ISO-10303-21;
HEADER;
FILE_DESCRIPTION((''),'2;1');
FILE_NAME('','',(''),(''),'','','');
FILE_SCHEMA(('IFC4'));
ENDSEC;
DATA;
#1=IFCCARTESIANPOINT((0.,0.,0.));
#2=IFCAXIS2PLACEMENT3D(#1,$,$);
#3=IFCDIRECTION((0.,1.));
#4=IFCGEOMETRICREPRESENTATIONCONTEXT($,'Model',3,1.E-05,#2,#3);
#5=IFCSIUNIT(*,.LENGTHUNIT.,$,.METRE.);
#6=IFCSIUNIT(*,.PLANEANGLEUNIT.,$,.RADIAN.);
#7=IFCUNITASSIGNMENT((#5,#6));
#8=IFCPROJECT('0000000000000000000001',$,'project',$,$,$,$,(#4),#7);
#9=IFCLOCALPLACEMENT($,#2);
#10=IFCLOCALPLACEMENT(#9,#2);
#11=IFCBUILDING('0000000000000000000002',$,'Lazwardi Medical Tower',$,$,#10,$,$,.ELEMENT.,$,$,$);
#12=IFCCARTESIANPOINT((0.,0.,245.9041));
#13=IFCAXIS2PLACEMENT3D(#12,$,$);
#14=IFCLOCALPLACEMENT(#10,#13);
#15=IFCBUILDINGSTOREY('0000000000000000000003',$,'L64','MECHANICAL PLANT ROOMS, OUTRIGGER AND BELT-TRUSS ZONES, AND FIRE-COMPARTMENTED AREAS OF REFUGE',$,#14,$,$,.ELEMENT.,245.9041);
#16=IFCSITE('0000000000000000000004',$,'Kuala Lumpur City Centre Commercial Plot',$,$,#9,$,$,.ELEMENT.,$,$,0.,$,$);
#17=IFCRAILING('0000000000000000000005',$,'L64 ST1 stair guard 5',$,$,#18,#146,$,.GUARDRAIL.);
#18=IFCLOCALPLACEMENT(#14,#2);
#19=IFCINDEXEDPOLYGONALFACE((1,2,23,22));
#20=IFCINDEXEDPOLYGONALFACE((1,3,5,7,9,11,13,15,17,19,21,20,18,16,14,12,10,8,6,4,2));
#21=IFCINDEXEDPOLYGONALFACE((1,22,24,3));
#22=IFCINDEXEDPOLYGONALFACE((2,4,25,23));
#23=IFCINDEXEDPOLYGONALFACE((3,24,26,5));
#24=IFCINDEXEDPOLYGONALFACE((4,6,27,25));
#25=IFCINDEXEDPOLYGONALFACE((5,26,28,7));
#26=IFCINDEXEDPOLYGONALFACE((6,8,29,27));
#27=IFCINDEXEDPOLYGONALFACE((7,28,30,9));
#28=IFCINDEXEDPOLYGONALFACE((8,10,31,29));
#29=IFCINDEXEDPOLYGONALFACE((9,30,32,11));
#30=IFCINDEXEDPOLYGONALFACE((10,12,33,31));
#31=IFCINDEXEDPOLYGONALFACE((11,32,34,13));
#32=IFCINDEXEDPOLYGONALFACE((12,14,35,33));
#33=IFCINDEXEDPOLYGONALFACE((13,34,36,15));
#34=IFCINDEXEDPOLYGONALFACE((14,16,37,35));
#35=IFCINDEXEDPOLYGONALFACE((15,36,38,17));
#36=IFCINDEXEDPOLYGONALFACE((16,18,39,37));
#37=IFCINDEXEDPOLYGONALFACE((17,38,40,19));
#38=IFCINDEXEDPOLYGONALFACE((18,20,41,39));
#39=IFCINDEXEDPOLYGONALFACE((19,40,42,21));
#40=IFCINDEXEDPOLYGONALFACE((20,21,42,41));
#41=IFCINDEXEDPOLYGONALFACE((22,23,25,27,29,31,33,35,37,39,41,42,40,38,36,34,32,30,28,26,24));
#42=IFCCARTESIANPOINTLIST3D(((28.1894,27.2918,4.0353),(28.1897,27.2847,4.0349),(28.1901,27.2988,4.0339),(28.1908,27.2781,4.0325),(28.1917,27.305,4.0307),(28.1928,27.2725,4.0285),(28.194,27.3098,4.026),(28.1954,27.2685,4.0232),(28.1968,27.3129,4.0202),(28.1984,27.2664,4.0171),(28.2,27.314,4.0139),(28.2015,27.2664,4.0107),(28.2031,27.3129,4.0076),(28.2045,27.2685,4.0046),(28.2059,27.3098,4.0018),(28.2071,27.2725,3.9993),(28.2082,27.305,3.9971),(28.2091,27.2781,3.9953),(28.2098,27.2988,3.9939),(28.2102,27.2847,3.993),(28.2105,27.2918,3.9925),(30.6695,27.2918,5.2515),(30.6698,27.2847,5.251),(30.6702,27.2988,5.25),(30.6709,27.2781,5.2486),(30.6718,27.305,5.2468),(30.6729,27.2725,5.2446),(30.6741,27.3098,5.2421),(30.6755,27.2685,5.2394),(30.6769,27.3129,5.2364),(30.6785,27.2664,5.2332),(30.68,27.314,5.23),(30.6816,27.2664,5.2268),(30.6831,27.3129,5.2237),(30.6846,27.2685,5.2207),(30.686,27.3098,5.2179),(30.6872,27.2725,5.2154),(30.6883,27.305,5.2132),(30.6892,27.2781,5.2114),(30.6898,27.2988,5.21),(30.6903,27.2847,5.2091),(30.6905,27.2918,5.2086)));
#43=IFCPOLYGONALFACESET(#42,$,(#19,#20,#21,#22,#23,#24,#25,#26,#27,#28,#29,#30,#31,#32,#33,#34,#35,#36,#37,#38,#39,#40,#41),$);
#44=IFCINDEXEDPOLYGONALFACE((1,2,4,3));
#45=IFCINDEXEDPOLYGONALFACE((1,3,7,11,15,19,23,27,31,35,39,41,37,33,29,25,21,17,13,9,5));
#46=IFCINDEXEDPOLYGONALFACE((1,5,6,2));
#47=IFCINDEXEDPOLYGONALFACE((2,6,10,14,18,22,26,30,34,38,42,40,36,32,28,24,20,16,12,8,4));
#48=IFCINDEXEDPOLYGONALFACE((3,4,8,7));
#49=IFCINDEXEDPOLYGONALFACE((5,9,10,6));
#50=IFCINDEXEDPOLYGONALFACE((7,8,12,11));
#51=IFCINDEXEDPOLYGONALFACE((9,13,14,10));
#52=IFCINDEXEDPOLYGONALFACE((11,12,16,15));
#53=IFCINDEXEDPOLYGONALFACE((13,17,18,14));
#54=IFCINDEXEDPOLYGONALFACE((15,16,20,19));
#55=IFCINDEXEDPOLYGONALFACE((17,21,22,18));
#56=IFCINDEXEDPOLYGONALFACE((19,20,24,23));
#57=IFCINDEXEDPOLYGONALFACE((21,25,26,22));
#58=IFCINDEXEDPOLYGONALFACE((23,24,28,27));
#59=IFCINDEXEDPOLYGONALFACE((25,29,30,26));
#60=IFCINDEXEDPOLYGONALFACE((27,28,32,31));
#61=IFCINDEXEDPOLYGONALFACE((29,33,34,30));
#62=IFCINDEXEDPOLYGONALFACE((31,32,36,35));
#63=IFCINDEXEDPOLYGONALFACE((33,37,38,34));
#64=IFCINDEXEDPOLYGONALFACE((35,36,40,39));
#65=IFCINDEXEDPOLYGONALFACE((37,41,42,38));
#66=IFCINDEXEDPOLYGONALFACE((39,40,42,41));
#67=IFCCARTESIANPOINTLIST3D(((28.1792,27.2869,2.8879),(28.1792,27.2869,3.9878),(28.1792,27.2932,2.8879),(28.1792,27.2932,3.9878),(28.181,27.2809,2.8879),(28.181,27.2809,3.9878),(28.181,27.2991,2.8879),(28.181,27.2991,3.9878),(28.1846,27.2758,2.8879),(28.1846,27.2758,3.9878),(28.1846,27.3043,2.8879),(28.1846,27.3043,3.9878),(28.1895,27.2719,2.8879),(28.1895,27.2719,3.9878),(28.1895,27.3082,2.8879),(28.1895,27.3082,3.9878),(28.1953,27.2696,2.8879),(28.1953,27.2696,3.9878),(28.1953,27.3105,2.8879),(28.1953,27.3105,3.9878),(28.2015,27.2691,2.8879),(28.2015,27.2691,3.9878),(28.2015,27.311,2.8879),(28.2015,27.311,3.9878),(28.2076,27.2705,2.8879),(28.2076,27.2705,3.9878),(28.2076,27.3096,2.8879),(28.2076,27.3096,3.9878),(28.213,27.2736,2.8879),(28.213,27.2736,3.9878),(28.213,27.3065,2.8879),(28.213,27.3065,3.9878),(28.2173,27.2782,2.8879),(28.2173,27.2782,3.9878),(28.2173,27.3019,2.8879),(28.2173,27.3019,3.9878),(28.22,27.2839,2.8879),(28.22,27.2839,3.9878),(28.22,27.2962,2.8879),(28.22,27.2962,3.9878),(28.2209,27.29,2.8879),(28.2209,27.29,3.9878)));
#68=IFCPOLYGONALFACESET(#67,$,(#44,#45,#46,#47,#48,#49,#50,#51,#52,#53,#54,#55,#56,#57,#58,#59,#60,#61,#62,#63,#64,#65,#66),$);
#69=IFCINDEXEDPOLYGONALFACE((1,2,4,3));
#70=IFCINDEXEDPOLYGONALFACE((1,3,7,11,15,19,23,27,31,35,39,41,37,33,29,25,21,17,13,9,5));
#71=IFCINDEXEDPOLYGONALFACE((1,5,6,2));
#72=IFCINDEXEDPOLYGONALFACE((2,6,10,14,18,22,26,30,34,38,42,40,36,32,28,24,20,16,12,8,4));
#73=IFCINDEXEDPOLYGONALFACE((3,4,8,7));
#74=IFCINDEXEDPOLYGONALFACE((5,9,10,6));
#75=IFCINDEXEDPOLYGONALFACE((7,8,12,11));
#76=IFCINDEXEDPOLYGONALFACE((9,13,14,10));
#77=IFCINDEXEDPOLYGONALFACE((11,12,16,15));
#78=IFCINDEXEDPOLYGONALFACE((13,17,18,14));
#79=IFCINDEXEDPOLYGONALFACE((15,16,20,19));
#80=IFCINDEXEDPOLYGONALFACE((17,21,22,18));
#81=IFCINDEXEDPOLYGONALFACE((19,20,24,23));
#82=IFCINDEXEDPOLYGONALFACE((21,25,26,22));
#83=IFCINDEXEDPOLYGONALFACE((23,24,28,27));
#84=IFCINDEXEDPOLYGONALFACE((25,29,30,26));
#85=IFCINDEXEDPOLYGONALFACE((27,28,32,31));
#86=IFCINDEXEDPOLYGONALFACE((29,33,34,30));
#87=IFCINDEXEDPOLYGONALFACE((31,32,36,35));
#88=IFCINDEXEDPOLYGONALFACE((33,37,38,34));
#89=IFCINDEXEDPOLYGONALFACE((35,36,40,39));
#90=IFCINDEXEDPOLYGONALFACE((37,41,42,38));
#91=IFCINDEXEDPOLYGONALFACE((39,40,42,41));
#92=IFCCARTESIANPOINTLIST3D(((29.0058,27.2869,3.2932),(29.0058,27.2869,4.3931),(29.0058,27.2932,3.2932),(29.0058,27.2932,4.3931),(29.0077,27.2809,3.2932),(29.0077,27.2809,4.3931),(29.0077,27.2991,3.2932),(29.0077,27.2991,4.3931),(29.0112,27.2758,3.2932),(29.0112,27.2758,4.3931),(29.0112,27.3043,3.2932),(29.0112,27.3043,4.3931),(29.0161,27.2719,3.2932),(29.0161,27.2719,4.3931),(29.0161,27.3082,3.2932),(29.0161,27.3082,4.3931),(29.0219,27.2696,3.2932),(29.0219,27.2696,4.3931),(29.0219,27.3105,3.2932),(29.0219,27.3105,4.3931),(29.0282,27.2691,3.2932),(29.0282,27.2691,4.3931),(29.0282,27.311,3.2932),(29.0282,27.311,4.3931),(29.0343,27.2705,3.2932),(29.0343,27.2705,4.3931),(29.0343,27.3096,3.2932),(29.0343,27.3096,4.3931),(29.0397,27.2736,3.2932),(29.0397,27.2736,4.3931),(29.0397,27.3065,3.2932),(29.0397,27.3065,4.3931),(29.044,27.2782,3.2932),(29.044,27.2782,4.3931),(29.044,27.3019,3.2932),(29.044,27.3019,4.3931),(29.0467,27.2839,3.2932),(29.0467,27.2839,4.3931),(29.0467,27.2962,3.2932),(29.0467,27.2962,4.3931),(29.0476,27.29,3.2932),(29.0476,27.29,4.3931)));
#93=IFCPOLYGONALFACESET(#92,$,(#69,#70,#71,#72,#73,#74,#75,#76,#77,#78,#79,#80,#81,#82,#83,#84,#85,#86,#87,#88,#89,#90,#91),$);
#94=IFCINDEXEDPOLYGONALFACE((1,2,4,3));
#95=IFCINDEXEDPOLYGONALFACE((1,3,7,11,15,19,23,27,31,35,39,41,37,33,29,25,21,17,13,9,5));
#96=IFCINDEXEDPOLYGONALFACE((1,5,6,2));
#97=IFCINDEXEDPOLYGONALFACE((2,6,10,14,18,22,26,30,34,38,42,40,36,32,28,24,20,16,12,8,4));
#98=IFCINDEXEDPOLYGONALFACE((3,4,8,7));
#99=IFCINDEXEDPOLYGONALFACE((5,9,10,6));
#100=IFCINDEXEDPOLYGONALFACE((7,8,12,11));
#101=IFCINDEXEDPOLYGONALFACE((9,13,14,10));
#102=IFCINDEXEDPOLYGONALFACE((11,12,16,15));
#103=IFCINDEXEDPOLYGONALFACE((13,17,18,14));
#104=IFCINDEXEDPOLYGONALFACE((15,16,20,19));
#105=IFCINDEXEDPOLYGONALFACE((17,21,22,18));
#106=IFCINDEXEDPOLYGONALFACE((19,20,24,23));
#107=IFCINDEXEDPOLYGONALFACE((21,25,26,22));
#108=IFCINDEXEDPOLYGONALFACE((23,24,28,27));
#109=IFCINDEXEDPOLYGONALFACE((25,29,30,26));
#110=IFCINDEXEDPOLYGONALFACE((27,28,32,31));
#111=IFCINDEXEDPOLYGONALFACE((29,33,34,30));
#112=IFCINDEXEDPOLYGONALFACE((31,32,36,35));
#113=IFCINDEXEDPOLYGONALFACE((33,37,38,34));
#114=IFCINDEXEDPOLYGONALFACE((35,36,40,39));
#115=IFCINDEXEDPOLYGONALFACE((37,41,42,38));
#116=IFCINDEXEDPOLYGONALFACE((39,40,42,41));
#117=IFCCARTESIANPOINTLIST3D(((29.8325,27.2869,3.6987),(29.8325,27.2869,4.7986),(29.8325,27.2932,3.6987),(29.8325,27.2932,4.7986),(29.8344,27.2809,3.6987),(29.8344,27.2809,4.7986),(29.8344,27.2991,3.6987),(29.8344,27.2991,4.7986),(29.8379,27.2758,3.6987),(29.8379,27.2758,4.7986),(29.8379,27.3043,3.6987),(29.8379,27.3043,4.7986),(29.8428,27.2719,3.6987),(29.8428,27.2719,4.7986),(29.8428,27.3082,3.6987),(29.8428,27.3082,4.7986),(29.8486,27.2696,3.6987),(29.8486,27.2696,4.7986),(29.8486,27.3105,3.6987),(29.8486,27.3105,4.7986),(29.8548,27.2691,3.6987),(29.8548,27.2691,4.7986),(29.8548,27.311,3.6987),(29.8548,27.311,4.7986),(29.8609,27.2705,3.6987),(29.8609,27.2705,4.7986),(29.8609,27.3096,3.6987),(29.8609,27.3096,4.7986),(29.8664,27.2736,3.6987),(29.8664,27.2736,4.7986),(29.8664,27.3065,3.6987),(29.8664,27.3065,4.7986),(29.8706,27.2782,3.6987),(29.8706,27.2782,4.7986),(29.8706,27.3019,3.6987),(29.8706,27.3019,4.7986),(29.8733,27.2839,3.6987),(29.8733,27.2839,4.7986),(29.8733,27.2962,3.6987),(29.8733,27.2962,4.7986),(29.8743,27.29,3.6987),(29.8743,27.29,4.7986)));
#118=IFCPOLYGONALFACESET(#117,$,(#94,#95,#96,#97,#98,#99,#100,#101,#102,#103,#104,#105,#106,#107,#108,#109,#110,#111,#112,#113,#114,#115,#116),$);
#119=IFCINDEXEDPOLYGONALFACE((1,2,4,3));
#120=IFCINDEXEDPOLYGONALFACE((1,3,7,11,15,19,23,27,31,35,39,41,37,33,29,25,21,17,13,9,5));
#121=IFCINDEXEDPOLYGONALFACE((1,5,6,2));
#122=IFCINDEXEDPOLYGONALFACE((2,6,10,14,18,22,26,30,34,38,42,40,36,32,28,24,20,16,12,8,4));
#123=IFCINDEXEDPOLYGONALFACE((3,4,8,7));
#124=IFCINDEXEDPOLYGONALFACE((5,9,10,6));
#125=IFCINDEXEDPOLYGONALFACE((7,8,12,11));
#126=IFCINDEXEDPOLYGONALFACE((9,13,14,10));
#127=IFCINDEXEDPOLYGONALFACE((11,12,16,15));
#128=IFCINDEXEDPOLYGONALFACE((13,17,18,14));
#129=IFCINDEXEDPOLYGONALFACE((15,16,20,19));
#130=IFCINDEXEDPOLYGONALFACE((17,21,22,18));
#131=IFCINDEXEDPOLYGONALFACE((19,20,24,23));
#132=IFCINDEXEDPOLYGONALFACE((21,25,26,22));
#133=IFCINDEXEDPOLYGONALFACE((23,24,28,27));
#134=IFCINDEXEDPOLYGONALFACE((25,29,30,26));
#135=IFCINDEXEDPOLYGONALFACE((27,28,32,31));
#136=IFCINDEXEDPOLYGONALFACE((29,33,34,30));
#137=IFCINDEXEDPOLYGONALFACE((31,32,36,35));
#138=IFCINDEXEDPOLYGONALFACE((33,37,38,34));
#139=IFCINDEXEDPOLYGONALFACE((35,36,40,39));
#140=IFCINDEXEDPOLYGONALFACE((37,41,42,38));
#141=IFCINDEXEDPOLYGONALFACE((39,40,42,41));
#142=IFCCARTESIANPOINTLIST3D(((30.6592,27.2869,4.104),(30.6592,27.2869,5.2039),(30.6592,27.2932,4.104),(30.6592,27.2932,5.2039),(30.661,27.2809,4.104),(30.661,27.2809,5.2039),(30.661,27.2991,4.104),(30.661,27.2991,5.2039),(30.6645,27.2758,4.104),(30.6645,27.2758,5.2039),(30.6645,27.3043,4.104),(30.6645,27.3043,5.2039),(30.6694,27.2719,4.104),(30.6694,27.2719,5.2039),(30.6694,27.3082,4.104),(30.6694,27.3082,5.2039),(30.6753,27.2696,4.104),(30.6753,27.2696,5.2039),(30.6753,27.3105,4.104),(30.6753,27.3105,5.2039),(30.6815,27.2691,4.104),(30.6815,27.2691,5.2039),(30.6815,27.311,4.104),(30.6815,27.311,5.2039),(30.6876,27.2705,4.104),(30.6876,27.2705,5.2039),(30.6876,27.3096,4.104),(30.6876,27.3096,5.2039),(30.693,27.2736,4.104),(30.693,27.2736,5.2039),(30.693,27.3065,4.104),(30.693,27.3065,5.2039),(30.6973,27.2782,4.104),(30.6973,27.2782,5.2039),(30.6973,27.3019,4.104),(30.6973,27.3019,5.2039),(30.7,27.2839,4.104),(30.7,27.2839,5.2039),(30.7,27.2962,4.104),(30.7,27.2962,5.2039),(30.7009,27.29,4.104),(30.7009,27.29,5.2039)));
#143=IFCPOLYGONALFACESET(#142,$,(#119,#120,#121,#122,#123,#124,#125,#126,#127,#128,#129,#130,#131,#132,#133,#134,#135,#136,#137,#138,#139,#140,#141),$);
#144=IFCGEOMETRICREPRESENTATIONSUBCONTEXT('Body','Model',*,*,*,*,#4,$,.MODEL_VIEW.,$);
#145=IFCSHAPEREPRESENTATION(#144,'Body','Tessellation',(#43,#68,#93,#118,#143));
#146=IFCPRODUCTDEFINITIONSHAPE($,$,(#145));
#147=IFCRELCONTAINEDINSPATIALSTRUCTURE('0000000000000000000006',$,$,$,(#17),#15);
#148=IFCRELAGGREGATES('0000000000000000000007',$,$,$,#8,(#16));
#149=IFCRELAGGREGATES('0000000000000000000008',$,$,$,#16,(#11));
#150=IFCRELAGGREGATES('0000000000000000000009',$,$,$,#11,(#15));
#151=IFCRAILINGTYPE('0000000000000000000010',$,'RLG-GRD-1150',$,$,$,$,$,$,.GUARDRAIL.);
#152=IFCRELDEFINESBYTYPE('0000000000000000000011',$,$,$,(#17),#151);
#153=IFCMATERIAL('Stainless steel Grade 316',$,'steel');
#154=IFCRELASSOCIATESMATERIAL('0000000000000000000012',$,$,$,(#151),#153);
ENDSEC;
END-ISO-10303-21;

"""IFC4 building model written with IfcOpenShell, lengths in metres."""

from ifc_helpers import new_model, si_unit, direction, frame, origin, origin_2d, place, context, subcontext, project, spatial, circle, extrude, material, type_object, element, save


model = new_model("IFC4")

# Units and contexts
model_context = context("Model", 3, precision=1e-05, world=origin(), true_north=direction((0.0, 1.0)))
body_context = subcontext(model_context, "Body", "Model", "MODEL_VIEW")
ifc_project = project(units=[si_unit("LENGTHUNIT", "METRE"), si_unit("PLANEANGLEUNIT", "RADIAN")], contexts=[model_context])

# Site, building, storey
site_placement = place(None, origin())
site = spatial("IfcSite", under=ifc_project, at=site_placement, Name="Kuala Lumpur City Centre Commercial Plot", CompositionType="ELEMENT", RefElevation=0.0)
building_placement = place(site_placement, origin())
building = spatial("IfcBuilding", under=site, at=building_placement, Name="Lazwardi Medical Tower", CompositionType="ELEMENT")
storey_placement = place(building_placement, frame((0.0, 0.0, 245.9041)))
storey = spatial("IfcBuildingStorey", under=building, at=storey_placement, Name="L64", Description="MECHANICAL PLANT ROOMS, OUTRIGGER AND BELT-TRUSS ZONES, AND FIRE-COMPARTMENTED AREAS OF REFUGE", CompositionType="ELEMENT", Elevation=245.9041)

# Railing
ifc_material_1 = material(Name="Stainless steel Grade 316", Category="steel")
railing_type_1 = type_object("IfcRailingType", Name="RLG-GRD-1150", PredefinedType="GUARDRAIL", material=ifc_material_1)
railing_1_placement = place(storey_placement, frame((28.2, 27.29, 2.8879)))
element("IfcRailing", 1, at=railing_1_placement, inside=storey, type_object=railing_type_1, Name="L64 ST1 stair guard 5", PredefinedType="GUARDRAIL", context=body_context, shape_type="SweptSolid", body=[
    extrude(circle(Radius=0.0239, at=origin_2d()), frame((0.0, 0.0, 1.126), z_axis=(0.897865, 0.0, 0.44027), x_axis=(0.0, 1.0, 0.0)), (0.0, 0.0, 1.0), 2.7622),
    extrude(circle(Radius=0.021, at=origin_2d()), origin(), (0.0, 0.0, 1.0), 1.0999),
    extrude(circle(Radius=0.021, at=origin_2d()), frame((0.8267, 0.0, 0.4053)), (0.0, 0.0, 1.0), 1.0999),
    extrude(circle(Radius=0.021, at=origin_2d()), frame((1.6533, 0.0, 0.8108)), (0.0, 0.0, 1.0), 1.0999),
    extrude(circle(Radius=0.021, at=origin_2d()), frame((2.48, 0.0, 1.2161)), (0.0, 0.0, 1.0), 1.0999),
])

save(model, "model.ifc")
